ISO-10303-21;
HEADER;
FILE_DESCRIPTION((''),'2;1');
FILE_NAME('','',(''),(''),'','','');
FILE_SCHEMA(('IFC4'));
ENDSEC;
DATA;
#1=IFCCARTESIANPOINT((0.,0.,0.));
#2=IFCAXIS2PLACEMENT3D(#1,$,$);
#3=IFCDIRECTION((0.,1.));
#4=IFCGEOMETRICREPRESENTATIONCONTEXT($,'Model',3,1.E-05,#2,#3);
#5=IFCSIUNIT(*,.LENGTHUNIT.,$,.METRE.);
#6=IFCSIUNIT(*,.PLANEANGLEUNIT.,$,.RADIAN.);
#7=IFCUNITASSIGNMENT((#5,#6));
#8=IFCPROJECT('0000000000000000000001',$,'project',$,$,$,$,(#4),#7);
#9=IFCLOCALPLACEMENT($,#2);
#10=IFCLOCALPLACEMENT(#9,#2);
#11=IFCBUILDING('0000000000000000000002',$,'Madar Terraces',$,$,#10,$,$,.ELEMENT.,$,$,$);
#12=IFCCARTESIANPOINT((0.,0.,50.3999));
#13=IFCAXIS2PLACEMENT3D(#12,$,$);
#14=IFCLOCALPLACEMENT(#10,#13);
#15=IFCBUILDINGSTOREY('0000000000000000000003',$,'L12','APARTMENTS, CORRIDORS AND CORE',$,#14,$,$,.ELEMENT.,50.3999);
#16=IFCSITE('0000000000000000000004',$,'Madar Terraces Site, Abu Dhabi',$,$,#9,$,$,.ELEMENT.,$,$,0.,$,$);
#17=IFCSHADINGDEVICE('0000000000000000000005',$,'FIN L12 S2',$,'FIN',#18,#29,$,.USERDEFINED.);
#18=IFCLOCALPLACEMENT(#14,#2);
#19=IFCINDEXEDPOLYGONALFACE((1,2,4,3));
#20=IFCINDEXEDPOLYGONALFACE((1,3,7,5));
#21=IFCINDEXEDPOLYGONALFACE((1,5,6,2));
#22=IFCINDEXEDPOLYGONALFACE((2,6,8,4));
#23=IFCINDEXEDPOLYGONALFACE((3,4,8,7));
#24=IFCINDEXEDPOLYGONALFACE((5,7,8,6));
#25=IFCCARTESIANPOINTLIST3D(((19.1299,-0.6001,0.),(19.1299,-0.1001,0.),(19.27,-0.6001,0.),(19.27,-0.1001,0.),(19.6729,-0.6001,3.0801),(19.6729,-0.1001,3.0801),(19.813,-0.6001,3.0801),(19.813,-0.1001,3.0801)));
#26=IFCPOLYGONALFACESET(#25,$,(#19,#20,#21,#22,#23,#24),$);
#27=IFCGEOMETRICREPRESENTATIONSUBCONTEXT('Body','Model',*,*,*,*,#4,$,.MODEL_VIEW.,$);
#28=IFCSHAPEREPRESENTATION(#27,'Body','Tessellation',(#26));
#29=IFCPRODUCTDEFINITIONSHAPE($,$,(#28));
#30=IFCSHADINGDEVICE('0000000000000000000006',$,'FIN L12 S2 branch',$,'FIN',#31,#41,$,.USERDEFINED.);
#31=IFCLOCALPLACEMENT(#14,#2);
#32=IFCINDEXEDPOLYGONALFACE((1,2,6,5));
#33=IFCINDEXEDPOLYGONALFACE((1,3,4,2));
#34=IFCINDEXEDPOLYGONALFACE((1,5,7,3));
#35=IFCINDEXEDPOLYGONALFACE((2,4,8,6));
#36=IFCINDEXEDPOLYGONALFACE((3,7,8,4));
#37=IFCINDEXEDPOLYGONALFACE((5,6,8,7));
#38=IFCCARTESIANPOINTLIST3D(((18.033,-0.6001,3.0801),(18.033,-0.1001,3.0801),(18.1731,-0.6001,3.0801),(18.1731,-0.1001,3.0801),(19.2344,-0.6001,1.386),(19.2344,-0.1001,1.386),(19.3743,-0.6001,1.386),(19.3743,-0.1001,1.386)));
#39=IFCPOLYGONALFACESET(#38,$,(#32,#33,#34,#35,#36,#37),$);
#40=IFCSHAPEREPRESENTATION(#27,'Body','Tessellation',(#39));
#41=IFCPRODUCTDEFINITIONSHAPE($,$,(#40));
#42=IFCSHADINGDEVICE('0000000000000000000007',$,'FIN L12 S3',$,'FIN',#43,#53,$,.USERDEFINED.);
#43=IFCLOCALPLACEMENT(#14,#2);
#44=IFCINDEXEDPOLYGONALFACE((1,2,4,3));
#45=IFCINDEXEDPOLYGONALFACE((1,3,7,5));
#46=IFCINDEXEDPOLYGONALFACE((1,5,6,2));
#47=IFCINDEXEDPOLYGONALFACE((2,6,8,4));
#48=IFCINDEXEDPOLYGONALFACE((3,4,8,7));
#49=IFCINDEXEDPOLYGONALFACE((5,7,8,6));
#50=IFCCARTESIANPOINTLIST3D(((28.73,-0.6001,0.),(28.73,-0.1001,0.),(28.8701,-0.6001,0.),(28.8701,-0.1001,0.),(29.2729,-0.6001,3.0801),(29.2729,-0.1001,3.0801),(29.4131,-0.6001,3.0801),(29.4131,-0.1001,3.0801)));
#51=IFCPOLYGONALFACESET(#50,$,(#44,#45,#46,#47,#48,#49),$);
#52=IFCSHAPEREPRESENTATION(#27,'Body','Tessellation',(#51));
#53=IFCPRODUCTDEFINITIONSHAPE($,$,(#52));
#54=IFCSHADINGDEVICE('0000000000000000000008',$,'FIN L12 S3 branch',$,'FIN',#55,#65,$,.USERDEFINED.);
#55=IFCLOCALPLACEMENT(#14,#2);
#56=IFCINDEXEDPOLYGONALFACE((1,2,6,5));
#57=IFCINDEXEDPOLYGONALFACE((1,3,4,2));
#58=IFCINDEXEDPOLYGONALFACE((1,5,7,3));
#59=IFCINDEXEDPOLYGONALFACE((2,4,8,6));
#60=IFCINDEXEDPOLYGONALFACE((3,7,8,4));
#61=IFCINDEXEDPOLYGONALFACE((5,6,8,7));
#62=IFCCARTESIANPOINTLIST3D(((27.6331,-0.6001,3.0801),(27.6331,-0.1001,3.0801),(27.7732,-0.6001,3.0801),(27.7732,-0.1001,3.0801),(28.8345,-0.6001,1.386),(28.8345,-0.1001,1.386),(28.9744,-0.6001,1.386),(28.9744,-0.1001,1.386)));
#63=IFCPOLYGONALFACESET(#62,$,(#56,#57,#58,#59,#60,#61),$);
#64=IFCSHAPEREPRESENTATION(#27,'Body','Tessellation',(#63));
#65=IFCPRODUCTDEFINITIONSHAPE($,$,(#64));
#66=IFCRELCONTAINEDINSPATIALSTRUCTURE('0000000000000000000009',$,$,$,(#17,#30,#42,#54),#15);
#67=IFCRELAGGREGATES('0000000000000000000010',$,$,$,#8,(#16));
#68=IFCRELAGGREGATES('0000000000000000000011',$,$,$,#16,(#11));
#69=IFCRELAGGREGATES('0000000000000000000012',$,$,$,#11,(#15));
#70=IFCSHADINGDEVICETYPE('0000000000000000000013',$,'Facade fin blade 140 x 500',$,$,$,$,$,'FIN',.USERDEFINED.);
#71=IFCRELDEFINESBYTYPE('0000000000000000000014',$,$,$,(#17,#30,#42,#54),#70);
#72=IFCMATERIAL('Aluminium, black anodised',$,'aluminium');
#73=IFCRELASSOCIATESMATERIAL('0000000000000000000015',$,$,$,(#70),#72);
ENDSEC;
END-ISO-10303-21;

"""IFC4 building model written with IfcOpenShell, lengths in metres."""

from ifc_helpers import new_model, si_unit, direction, frame, origin, place, context, subcontext, project, spatial, polyline, outline, extrude, material, type_object, element, save


model = new_model("IFC4")

# Units and contexts
model_context = context("Model", 3, precision=1e-05, world=origin(), true_north=direction((0.0, 1.0)))
body_context = subcontext(model_context, "Body", "Model", "MODEL_VIEW")
ifc_project = project(units=[si_unit("LENGTHUNIT", "METRE"), si_unit("PLANEANGLEUNIT", "RADIAN")], contexts=[model_context])

# Site, building, storey
site_placement = place(None, origin())
site = spatial("IfcSite", under=ifc_project, at=site_placement, Name="Madar Terraces Site, Abu Dhabi", CompositionType="ELEMENT", RefElevation=0.0)
building_placement = place(site_placement, origin())
building = spatial("IfcBuilding", under=site, at=building_placement, Name="Madar Terraces", CompositionType="ELEMENT")
storey_placement = place(building_placement, frame((0.0, 0.0, 50.3999)))
storey = spatial("IfcBuildingStorey", under=building, at=storey_placement, Name="L12", Description="APARTMENTS, CORRIDORS AND CORE", CompositionType="ELEMENT", Elevation=50.3999)

# Shading devices
ifc_material_1 = material(Name="Aluminium, black anodised", Category="aluminium")
shading_device_type = type_object("IfcShadingDeviceType", Name="Facade fin blade 140 x 500", ElementType="FIN", PredefinedType="USERDEFINED", material=ifc_material_1)
shading_device_1_placement = place(storey_placement, frame((19.1299, -0.3501, 0.0), z_axis=(0.0, 0.0, 1.0), x_axis=(1.0, 0.0, 0.0)))
element("IfcShadingDevice", 1, at=shading_device_1_placement, inside=storey, type_object=shading_device_type, Name="FIN L12 S2", ObjectType="FIN", PredefinedType="USERDEFINED", context=body_context, shape_type="SweptSolid", body=[
    extrude(outline(polyline([(0.0, 0.0), (0.1401, 0.0), (0.6831, 3.0801), (0.543, 3.0801), (0.0, 0.0)])), frame((0.0, 0.25, 0.0), z_axis=(0.0, -1.0, 0.0), x_axis=(1.0, 0.0, 0.0)), (0.0, 0.0, 1.0), 0.5),
])
shading_device_2_placement = place(storey_placement, frame((19.2344, -0.3501, 1.386), z_axis=(0.0, 0.0, 1.0), x_axis=(1.0, 0.0, 0.0)))
element("IfcShadingDevice", 2, at=shading_device_2_placement, inside=storey, type_object=shading_device_type, Name="FIN L12 S2 branch", ObjectType="FIN", PredefinedType="USERDEFINED", context=body_context, shape_type="SweptSolid", body=[
    extrude(outline(polyline([(0.0, 0.0), (0.1399, 0.0), (-1.0613, 1.6941), (-1.2014, 1.6941), (0.0, 0.0)])), frame((0.0, 0.25, 0.0), z_axis=(0.0, -1.0, 0.0), x_axis=(1.0, 0.0, 0.0)), (0.0, 0.0, 1.0), 0.5),
])
shading_device_3_placement = place(storey_placement, frame((28.73, -0.3501, 0.0), z_axis=(0.0, 0.0, 1.0), x_axis=(1.0, 0.0, 0.0)))
element("IfcShadingDevice", 3, at=shading_device_3_placement, inside=storey, type_object=shading_device_type, Name="FIN L12 S3", ObjectType="FIN", PredefinedType="USERDEFINED", context=body_context, shape_type="SweptSolid", body=[
    extrude(outline(polyline([(0.0, 0.0), (0.1401, 0.0), (0.6831, 3.0801), (0.543, 3.0801), (0.0, 0.0)])), frame((0.0, 0.25, 0.0), z_axis=(0.0, -1.0, 0.0), x_axis=(1.0, 0.0, 0.0)), (0.0, 0.0, 1.0), 0.5),
])
shading_device_4_placement = place(storey_placement, frame((28.8345, -0.3501, 1.386), z_axis=(0.0, 0.0, 1.0), x_axis=(1.0, 0.0, 0.0)))
element("IfcShadingDevice", 4, at=shading_device_4_placement, inside=storey, type_object=shading_device_type, Name="FIN L12 S3 branch", ObjectType="FIN", PredefinedType="USERDEFINED", context=body_context, shape_type="SweptSolid", body=[
    extrude(outline(polyline([(0.0, 0.0), (0.1399, 0.0), (-1.0613, 1.6941), (-1.2014, 1.6941), (0.0, 0.0)])), frame((0.0, 0.25, 0.0), z_axis=(0.0, -1.0, 0.0), x_axis=(1.0, 0.0, 0.0)), (0.0, 0.0, 1.0), 0.5),
])

save(model, "model.ifc")
